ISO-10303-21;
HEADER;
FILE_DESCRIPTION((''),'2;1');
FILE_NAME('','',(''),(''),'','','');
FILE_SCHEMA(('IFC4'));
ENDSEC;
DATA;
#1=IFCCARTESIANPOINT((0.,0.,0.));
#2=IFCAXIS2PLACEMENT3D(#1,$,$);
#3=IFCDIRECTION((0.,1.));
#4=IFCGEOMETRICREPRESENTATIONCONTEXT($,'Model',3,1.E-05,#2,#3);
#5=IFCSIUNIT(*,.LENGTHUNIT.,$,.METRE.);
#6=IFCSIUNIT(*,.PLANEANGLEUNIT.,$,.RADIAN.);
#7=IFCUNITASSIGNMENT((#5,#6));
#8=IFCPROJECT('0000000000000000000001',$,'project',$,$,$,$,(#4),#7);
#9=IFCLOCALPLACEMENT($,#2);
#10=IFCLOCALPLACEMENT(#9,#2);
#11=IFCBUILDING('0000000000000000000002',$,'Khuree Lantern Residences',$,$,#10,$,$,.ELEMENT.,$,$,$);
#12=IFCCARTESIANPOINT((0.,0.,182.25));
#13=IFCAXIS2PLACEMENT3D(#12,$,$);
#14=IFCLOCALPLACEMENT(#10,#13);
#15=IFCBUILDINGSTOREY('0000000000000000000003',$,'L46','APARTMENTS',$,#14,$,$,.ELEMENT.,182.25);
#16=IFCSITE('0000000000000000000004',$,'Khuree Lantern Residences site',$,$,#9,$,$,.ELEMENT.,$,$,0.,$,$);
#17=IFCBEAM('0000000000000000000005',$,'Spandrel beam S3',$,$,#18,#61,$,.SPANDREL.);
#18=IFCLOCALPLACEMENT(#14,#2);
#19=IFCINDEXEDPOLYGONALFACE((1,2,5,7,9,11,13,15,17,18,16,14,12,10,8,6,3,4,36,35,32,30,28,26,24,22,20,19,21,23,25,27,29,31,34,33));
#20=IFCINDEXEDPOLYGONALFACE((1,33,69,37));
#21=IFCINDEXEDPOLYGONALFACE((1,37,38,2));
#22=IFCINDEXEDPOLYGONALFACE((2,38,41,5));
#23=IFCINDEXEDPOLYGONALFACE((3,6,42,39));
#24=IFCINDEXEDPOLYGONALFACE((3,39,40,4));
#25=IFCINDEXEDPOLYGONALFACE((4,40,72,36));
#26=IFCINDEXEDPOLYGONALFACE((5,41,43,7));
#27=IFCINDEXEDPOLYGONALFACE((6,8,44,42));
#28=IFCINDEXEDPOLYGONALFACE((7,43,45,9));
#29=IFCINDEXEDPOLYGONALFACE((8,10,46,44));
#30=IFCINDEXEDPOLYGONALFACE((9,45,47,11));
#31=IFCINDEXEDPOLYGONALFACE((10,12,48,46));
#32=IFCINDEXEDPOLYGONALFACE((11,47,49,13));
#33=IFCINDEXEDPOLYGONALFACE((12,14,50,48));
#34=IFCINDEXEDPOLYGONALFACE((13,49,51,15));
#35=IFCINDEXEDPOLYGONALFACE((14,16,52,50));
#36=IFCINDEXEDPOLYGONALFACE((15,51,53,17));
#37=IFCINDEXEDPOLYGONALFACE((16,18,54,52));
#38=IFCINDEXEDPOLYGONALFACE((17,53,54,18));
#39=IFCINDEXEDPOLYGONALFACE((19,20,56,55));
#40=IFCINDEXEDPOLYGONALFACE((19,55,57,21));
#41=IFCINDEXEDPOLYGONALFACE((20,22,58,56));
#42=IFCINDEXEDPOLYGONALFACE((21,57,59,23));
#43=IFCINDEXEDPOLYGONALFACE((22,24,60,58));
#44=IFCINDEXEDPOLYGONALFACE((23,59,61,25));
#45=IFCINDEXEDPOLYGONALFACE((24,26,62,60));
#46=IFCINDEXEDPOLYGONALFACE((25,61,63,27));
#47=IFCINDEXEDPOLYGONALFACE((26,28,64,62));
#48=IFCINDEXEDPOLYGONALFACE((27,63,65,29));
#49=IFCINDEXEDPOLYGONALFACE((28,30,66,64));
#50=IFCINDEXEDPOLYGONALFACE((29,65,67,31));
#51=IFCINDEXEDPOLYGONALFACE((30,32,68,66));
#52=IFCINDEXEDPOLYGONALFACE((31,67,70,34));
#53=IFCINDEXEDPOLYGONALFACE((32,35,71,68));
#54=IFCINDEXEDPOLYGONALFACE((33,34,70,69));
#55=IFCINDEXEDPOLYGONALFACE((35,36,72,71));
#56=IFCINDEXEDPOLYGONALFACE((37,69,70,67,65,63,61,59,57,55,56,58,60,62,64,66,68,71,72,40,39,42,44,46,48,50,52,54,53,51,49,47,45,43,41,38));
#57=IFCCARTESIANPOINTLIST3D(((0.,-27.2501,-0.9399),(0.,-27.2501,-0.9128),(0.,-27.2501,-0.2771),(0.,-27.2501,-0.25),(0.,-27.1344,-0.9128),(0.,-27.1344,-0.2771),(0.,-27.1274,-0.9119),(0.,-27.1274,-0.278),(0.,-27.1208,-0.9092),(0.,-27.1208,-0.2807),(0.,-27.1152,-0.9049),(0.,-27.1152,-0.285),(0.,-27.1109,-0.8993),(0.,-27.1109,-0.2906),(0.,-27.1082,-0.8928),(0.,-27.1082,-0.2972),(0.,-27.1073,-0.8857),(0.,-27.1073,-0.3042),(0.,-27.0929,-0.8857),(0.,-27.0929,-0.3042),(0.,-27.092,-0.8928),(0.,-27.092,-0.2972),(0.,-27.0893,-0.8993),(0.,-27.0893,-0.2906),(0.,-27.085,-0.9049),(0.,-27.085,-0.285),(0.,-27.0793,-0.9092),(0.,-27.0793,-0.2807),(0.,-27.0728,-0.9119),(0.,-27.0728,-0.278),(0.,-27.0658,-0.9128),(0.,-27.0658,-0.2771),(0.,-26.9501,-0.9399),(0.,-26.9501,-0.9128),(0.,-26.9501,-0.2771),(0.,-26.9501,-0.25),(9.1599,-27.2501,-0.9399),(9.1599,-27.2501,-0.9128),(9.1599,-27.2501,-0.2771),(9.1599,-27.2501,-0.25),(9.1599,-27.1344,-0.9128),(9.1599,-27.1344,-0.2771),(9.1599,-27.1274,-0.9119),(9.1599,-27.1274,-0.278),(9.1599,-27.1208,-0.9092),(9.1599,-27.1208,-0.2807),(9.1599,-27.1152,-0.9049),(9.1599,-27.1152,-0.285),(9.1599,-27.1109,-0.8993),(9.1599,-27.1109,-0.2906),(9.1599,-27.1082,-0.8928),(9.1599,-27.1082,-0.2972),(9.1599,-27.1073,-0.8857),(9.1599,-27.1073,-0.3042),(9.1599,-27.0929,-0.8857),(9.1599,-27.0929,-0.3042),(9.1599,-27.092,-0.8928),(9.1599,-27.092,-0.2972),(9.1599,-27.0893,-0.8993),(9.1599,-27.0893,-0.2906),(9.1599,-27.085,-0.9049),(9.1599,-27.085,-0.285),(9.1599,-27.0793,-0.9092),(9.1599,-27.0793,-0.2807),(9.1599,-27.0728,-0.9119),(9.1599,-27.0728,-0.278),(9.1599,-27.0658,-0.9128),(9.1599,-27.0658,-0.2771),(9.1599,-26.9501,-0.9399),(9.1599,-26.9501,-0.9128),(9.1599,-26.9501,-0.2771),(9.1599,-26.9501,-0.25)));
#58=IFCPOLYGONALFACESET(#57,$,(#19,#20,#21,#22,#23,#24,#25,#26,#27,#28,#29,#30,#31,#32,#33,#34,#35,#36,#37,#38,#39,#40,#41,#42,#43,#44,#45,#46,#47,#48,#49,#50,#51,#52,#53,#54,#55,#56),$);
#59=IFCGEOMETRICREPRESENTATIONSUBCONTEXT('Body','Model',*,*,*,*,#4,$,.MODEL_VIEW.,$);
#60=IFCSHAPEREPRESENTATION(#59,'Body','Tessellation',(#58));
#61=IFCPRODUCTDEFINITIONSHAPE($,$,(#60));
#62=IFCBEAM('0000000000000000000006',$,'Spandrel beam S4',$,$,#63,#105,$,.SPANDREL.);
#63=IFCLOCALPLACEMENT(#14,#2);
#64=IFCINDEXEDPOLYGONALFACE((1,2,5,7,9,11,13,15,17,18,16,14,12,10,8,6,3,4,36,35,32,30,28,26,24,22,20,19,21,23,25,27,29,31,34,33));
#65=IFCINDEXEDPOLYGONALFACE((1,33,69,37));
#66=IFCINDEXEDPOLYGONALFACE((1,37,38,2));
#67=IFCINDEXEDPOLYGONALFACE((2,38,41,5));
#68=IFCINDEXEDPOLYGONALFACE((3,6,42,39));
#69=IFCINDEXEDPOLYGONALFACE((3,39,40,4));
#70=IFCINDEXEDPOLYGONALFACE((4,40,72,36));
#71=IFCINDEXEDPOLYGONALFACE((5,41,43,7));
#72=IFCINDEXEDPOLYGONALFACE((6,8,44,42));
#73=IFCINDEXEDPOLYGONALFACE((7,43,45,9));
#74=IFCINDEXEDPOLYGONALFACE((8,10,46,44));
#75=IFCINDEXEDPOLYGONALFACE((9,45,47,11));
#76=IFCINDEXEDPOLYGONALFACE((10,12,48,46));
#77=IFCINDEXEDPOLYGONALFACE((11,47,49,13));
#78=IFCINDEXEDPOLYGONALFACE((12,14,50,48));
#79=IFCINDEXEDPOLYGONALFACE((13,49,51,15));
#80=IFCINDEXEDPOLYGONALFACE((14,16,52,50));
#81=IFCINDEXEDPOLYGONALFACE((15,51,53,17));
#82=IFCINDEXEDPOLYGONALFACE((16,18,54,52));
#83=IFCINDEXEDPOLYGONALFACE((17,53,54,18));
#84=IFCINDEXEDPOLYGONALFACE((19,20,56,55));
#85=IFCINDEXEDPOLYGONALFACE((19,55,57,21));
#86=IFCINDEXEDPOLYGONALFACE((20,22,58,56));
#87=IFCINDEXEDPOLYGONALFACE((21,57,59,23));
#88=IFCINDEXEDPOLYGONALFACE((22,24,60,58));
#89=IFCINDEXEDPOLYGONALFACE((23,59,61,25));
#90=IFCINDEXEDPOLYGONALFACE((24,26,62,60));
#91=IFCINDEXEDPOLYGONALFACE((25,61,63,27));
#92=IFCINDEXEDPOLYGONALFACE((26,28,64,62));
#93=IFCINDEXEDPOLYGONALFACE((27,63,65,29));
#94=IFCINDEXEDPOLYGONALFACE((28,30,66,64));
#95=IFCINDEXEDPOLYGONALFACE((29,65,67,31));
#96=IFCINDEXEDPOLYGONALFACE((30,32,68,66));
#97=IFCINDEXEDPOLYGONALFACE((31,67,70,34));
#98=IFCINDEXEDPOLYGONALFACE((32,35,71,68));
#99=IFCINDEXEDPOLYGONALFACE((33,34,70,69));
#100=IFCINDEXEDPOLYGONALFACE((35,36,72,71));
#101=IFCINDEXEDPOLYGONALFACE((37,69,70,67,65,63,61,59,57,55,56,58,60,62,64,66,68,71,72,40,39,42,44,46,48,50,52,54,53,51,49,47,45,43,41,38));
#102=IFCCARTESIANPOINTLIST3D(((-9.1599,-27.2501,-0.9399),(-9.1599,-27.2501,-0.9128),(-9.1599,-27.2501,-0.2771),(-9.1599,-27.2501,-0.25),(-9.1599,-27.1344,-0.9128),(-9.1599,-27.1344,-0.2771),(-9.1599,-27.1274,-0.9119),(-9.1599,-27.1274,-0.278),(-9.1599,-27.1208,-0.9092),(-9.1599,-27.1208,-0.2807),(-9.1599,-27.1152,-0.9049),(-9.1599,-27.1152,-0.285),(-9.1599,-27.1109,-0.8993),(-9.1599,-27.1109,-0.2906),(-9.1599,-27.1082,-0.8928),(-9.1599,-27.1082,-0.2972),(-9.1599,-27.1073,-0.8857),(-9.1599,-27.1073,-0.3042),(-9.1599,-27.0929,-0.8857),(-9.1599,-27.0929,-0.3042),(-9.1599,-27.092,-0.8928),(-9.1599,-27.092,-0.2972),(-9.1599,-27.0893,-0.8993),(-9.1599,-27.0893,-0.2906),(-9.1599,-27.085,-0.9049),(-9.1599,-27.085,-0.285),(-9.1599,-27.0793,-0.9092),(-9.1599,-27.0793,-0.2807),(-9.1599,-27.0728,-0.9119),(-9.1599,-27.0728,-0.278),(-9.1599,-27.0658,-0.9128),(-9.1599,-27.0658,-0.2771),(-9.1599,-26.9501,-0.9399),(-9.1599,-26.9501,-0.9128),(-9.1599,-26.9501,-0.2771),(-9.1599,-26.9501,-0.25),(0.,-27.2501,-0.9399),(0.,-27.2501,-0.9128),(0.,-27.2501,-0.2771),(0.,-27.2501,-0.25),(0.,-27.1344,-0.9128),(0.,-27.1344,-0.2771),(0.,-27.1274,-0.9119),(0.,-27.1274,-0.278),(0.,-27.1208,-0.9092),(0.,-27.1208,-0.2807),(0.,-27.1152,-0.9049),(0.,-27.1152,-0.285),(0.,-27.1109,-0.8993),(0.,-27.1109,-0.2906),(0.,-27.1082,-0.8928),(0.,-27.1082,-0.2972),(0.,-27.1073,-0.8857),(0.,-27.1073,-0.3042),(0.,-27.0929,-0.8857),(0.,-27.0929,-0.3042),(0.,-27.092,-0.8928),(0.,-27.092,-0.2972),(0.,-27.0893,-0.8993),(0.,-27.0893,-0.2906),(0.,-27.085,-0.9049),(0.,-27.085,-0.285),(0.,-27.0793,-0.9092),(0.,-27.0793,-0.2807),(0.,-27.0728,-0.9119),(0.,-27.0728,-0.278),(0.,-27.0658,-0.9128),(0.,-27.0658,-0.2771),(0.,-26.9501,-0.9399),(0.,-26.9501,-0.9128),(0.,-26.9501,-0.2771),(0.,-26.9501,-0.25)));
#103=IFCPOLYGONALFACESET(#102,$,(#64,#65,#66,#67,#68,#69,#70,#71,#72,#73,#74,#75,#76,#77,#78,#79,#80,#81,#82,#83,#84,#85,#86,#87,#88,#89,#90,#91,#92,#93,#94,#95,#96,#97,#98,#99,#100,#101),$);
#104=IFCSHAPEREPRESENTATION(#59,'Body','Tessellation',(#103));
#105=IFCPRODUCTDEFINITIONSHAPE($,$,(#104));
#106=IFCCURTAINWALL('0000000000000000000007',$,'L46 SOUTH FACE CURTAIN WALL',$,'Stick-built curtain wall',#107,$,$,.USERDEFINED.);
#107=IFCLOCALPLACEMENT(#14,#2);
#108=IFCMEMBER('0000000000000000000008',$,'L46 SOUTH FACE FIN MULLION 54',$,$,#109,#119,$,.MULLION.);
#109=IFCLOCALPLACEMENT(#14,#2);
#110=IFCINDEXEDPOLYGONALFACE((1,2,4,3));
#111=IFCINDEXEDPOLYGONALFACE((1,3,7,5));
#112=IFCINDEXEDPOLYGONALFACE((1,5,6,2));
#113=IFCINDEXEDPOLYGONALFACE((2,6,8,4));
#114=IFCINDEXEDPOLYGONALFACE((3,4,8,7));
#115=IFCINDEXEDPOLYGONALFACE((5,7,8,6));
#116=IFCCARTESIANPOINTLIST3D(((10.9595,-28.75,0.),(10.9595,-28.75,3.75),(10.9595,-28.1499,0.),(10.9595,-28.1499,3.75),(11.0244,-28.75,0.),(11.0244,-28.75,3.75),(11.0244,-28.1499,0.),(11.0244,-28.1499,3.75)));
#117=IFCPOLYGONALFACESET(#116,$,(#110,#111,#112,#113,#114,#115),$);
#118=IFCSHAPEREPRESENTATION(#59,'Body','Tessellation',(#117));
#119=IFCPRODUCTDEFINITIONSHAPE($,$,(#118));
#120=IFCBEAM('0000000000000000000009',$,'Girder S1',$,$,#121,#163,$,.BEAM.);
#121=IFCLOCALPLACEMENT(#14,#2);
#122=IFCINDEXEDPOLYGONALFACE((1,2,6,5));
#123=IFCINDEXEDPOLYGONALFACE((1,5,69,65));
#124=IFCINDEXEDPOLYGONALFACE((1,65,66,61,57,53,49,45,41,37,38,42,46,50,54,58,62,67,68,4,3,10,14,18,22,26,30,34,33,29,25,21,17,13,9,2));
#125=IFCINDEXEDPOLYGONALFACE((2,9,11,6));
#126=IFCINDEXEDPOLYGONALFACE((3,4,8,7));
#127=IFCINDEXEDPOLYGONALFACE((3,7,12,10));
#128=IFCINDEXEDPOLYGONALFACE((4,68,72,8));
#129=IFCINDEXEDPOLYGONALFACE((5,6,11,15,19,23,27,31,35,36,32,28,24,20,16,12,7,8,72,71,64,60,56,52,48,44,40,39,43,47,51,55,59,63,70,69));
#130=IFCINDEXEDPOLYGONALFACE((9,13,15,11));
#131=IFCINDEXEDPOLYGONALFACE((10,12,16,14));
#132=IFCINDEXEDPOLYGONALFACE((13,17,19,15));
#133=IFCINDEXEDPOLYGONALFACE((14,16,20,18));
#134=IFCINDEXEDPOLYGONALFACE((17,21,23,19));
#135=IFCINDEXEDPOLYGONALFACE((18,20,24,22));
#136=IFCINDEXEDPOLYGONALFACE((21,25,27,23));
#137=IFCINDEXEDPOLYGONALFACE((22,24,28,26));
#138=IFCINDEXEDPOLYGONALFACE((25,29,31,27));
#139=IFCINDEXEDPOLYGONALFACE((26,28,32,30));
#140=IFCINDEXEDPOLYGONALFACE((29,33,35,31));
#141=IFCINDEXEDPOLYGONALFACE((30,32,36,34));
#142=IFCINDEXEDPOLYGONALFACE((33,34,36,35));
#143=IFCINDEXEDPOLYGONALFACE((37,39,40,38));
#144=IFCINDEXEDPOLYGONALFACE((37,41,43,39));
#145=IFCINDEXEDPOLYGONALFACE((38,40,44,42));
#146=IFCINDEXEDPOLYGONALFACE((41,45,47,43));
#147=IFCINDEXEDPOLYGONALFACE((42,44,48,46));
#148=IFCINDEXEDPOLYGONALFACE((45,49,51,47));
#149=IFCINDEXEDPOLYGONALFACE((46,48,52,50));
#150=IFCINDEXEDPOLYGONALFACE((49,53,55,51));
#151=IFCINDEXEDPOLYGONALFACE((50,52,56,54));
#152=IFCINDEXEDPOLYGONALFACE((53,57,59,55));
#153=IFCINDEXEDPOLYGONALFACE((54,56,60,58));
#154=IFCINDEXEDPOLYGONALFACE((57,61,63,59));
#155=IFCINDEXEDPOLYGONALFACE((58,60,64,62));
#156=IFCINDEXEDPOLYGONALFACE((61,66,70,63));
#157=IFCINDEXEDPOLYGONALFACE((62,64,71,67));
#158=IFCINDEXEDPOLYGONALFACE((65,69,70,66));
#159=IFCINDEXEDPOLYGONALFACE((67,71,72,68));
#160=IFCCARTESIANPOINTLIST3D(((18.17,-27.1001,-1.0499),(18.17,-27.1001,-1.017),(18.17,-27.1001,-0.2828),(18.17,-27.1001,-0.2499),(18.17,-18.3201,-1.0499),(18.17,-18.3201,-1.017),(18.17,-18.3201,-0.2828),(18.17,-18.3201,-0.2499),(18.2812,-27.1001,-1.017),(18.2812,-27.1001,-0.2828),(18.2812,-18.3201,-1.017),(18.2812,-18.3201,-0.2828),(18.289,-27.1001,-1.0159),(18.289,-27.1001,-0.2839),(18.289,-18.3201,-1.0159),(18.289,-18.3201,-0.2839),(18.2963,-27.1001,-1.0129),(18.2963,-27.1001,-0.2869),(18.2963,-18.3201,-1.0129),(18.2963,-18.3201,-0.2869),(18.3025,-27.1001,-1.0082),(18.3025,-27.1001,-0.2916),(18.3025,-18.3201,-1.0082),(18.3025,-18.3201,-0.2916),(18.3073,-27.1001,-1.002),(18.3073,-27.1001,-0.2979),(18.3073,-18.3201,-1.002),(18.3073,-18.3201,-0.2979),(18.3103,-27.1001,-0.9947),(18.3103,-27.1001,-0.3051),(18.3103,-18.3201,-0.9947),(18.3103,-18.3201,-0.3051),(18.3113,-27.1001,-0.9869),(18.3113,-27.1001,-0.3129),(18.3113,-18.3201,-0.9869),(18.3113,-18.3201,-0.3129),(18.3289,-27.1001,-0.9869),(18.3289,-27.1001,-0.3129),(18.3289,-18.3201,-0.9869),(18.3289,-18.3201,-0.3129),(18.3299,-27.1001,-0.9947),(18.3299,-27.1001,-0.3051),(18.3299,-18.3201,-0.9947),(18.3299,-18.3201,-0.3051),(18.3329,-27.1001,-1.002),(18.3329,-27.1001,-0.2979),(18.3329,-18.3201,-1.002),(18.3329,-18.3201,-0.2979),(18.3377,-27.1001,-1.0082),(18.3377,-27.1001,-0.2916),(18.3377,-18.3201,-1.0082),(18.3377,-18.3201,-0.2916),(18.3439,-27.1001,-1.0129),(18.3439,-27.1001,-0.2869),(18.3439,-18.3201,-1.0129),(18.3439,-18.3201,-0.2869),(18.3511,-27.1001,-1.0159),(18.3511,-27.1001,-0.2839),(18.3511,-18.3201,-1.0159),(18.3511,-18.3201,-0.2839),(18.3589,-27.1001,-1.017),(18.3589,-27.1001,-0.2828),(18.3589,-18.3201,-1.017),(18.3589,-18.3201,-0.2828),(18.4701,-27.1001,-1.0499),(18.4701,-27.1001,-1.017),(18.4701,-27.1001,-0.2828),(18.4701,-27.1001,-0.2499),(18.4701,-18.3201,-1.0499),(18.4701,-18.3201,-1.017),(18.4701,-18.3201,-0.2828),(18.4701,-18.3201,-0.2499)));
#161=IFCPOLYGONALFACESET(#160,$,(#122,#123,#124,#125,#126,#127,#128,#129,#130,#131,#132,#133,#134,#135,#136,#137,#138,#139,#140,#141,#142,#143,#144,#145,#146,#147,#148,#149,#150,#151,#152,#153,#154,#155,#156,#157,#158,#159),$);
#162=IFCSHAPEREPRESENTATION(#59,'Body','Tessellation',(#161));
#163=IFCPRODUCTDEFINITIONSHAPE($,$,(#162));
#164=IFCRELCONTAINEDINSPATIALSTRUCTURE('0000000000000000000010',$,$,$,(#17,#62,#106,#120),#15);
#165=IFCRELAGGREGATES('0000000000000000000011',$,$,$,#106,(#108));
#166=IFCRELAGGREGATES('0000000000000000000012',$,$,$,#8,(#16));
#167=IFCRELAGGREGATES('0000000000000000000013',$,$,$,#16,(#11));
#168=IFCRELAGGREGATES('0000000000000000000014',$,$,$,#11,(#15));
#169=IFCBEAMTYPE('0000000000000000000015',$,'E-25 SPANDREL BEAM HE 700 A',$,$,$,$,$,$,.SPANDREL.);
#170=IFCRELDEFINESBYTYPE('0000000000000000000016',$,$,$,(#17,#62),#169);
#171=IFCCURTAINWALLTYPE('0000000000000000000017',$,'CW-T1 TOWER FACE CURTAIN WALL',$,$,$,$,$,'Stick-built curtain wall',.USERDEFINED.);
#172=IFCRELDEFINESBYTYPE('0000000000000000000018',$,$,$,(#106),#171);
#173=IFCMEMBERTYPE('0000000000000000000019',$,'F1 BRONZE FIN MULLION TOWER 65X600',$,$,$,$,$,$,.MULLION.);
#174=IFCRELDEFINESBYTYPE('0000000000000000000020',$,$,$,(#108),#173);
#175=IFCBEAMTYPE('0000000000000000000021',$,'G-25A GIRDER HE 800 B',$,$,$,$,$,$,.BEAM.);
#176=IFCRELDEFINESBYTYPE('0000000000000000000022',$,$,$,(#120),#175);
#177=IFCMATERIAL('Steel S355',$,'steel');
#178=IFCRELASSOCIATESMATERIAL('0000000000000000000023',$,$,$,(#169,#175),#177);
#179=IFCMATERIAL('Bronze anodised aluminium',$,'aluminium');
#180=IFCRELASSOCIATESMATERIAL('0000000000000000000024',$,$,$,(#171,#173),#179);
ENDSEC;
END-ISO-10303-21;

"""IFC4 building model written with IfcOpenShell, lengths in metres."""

from ifc_helpers import new_model, si_unit, direction, frame, origin, origin_2d, place, context, subcontext, project, spatial, rectangle, i_section, extrude, material, material_profile, profile_set, type_object, element, aggregate, save


model = new_model("IFC4")

# Units and contexts
model_context = context("Model", 3, precision=1e-05, world=origin(), true_north=direction((0.0, 1.0)))
body_context = subcontext(model_context, "Body", "Model", "MODEL_VIEW")
ifc_project = project(units=[si_unit("LENGTHUNIT", "METRE"), si_unit("PLANEANGLEUNIT", "RADIAN")], contexts=[model_context])

# Site, building, storey
site_placement = place(None, origin())
site = spatial("IfcSite", under=ifc_project, at=site_placement, Name="Khuree Lantern Residences site", CompositionType="ELEMENT", RefElevation=0.0)
building_placement = place(site_placement, origin())
building = spatial("IfcBuilding", under=site, at=building_placement, Name="Khuree Lantern Residences", CompositionType="ELEMENT")
storey_placement = place(building_placement, frame((0.0, 0.0, 182.25)))
storey = spatial("IfcBuildingStorey", under=building, at=storey_placement, Name="L46", Description="APARTMENTS", CompositionType="ELEMENT", Elevation=182.25)

# Beams
ifc_material_1 = material(Name="Steel S355", Category="steel")
ifc_material_profile_1 = material_profile(ifc_material_1, i_section(OverallWidth=0.3, OverallDepth=0.6899, WebThickness=0.0144, FlangeThickness=0.0271, FilletRadius=0.0271, at=origin_2d()), Name="HE 700 A")
ifc_profile_set_1 = profile_set([ifc_material_profile_1], Name="Steel S355")
beam_type_1 = type_object("IfcBeamType", Name="E-25 SPANDREL BEAM HE 700 A", PredefinedType="SPANDREL", material=ifc_profile_set_1)
for number, where, z_axis, x_axis, name in (
    (1, (9.1599, -27.1001, -0.595), (-1.0, 0.0, 0.0), (0.0, -1.0, 0.0), "Spandrel beam S3"),
    (2, (0.0, -27.1001, -0.595), (-1.0, 0.0, 0.0), (0.0, -1.0, 0.0), "Spandrel beam S4"),
):
    element("IfcBeam", number, at=place(storey_placement, frame(where, z_axis=z_axis, x_axis=x_axis)), inside=storey, type_object=beam_type_1, Name=name, PredefinedType="SPANDREL", context=body_context, shape_type="SweptSolid", body=[
        extrude(i_section(OverallWidth=0.3, OverallDepth=0.6899, WebThickness=0.0144, FlangeThickness=0.0271, FilletRadius=0.0271, at=origin_2d()), origin(), (0.0, 0.0, 1.0), 9.1599),
    ])

# Curtain wall, member
ifc_material_2 = material(Name="Bronze anodised aluminium", Category="aluminium")
curtain_wall_type = type_object("IfcCurtainWallType", Name="CW-T1 TOWER FACE CURTAIN WALL", ElementType="Stick-built curtain wall", PredefinedType="USERDEFINED", material=ifc_material_2)
curtain_wall_placement = place(storey_placement, origin())
curtain_wall = element("IfcCurtainWall", 3, at=curtain_wall_placement, inside=storey, type_object=curtain_wall_type, Name="L46 SOUTH FACE CURTAIN WALL", ObjectType="Stick-built curtain wall", PredefinedType="USERDEFINED")
ifc_material_profile_2 = material_profile(ifc_material_2, rectangle(XDim=0.0649, YDim=0.6001, at=origin_2d()), Name="F1 65X600")
ifc_profile_set_2 = profile_set([ifc_material_profile_2], Name="Bronze anodised aluminium")
member_type_1 = type_object("IfcMemberType", Name="F1 BRONZE FIN MULLION TOWER 65X600", PredefinedType="MULLION", material=ifc_profile_set_2)
member_1_placement = place(storey_placement, frame((10.9919, -28.45, 0.0), z_axis=(0.0, 0.0, 1.0), x_axis=(1.0, 0.0, 0.0)))
member_1 = element("IfcMember", 4, at=member_1_placement, type_object=member_type_1, Name="L46 SOUTH FACE FIN MULLION 54", PredefinedType="MULLION", context=body_context, shape_type="SweptSolid", body=[
    extrude(rectangle(XDim=0.0649, YDim=0.6001, at=origin_2d()), origin(), (0.0, 0.0, 1.0), 3.75),
])

# Beam
ifc_material_profile_3 = material_profile(ifc_material_1, i_section(OverallWidth=0.3, OverallDepth=0.8, WebThickness=0.0176, FlangeThickness=0.033, FilletRadius=0.03, at=origin_2d()), Name="HE 800 B")
ifc_profile_set_3 = profile_set([ifc_material_profile_3], Name="Steel S355")
beam_type_2 = type_object("IfcBeamType", Name="G-25A GIRDER HE 800 B", PredefinedType="BEAM", material=ifc_profile_set_3)
beam_1_placement = place(storey_placement, frame((18.3201, -27.1001, -0.6499), z_axis=(0.0, 1.0, 0.0), x_axis=(-1.0, 0.0, 0.0)))
element("IfcBeam", 5, at=beam_1_placement, inside=storey, type_object=beam_type_2, Name="Girder S1", PredefinedType="BEAM", context=body_context, shape_type="SweptSolid", body=[
    extrude(i_section(OverallWidth=0.3, OverallDepth=0.8, WebThickness=0.0176, FlangeThickness=0.033, FilletRadius=0.03, at=origin_2d()), origin(), (0.0, 0.0, 1.0), 8.78),
])

aggregate(curtain_wall, [member_1])

save(model, "model.ifc")
